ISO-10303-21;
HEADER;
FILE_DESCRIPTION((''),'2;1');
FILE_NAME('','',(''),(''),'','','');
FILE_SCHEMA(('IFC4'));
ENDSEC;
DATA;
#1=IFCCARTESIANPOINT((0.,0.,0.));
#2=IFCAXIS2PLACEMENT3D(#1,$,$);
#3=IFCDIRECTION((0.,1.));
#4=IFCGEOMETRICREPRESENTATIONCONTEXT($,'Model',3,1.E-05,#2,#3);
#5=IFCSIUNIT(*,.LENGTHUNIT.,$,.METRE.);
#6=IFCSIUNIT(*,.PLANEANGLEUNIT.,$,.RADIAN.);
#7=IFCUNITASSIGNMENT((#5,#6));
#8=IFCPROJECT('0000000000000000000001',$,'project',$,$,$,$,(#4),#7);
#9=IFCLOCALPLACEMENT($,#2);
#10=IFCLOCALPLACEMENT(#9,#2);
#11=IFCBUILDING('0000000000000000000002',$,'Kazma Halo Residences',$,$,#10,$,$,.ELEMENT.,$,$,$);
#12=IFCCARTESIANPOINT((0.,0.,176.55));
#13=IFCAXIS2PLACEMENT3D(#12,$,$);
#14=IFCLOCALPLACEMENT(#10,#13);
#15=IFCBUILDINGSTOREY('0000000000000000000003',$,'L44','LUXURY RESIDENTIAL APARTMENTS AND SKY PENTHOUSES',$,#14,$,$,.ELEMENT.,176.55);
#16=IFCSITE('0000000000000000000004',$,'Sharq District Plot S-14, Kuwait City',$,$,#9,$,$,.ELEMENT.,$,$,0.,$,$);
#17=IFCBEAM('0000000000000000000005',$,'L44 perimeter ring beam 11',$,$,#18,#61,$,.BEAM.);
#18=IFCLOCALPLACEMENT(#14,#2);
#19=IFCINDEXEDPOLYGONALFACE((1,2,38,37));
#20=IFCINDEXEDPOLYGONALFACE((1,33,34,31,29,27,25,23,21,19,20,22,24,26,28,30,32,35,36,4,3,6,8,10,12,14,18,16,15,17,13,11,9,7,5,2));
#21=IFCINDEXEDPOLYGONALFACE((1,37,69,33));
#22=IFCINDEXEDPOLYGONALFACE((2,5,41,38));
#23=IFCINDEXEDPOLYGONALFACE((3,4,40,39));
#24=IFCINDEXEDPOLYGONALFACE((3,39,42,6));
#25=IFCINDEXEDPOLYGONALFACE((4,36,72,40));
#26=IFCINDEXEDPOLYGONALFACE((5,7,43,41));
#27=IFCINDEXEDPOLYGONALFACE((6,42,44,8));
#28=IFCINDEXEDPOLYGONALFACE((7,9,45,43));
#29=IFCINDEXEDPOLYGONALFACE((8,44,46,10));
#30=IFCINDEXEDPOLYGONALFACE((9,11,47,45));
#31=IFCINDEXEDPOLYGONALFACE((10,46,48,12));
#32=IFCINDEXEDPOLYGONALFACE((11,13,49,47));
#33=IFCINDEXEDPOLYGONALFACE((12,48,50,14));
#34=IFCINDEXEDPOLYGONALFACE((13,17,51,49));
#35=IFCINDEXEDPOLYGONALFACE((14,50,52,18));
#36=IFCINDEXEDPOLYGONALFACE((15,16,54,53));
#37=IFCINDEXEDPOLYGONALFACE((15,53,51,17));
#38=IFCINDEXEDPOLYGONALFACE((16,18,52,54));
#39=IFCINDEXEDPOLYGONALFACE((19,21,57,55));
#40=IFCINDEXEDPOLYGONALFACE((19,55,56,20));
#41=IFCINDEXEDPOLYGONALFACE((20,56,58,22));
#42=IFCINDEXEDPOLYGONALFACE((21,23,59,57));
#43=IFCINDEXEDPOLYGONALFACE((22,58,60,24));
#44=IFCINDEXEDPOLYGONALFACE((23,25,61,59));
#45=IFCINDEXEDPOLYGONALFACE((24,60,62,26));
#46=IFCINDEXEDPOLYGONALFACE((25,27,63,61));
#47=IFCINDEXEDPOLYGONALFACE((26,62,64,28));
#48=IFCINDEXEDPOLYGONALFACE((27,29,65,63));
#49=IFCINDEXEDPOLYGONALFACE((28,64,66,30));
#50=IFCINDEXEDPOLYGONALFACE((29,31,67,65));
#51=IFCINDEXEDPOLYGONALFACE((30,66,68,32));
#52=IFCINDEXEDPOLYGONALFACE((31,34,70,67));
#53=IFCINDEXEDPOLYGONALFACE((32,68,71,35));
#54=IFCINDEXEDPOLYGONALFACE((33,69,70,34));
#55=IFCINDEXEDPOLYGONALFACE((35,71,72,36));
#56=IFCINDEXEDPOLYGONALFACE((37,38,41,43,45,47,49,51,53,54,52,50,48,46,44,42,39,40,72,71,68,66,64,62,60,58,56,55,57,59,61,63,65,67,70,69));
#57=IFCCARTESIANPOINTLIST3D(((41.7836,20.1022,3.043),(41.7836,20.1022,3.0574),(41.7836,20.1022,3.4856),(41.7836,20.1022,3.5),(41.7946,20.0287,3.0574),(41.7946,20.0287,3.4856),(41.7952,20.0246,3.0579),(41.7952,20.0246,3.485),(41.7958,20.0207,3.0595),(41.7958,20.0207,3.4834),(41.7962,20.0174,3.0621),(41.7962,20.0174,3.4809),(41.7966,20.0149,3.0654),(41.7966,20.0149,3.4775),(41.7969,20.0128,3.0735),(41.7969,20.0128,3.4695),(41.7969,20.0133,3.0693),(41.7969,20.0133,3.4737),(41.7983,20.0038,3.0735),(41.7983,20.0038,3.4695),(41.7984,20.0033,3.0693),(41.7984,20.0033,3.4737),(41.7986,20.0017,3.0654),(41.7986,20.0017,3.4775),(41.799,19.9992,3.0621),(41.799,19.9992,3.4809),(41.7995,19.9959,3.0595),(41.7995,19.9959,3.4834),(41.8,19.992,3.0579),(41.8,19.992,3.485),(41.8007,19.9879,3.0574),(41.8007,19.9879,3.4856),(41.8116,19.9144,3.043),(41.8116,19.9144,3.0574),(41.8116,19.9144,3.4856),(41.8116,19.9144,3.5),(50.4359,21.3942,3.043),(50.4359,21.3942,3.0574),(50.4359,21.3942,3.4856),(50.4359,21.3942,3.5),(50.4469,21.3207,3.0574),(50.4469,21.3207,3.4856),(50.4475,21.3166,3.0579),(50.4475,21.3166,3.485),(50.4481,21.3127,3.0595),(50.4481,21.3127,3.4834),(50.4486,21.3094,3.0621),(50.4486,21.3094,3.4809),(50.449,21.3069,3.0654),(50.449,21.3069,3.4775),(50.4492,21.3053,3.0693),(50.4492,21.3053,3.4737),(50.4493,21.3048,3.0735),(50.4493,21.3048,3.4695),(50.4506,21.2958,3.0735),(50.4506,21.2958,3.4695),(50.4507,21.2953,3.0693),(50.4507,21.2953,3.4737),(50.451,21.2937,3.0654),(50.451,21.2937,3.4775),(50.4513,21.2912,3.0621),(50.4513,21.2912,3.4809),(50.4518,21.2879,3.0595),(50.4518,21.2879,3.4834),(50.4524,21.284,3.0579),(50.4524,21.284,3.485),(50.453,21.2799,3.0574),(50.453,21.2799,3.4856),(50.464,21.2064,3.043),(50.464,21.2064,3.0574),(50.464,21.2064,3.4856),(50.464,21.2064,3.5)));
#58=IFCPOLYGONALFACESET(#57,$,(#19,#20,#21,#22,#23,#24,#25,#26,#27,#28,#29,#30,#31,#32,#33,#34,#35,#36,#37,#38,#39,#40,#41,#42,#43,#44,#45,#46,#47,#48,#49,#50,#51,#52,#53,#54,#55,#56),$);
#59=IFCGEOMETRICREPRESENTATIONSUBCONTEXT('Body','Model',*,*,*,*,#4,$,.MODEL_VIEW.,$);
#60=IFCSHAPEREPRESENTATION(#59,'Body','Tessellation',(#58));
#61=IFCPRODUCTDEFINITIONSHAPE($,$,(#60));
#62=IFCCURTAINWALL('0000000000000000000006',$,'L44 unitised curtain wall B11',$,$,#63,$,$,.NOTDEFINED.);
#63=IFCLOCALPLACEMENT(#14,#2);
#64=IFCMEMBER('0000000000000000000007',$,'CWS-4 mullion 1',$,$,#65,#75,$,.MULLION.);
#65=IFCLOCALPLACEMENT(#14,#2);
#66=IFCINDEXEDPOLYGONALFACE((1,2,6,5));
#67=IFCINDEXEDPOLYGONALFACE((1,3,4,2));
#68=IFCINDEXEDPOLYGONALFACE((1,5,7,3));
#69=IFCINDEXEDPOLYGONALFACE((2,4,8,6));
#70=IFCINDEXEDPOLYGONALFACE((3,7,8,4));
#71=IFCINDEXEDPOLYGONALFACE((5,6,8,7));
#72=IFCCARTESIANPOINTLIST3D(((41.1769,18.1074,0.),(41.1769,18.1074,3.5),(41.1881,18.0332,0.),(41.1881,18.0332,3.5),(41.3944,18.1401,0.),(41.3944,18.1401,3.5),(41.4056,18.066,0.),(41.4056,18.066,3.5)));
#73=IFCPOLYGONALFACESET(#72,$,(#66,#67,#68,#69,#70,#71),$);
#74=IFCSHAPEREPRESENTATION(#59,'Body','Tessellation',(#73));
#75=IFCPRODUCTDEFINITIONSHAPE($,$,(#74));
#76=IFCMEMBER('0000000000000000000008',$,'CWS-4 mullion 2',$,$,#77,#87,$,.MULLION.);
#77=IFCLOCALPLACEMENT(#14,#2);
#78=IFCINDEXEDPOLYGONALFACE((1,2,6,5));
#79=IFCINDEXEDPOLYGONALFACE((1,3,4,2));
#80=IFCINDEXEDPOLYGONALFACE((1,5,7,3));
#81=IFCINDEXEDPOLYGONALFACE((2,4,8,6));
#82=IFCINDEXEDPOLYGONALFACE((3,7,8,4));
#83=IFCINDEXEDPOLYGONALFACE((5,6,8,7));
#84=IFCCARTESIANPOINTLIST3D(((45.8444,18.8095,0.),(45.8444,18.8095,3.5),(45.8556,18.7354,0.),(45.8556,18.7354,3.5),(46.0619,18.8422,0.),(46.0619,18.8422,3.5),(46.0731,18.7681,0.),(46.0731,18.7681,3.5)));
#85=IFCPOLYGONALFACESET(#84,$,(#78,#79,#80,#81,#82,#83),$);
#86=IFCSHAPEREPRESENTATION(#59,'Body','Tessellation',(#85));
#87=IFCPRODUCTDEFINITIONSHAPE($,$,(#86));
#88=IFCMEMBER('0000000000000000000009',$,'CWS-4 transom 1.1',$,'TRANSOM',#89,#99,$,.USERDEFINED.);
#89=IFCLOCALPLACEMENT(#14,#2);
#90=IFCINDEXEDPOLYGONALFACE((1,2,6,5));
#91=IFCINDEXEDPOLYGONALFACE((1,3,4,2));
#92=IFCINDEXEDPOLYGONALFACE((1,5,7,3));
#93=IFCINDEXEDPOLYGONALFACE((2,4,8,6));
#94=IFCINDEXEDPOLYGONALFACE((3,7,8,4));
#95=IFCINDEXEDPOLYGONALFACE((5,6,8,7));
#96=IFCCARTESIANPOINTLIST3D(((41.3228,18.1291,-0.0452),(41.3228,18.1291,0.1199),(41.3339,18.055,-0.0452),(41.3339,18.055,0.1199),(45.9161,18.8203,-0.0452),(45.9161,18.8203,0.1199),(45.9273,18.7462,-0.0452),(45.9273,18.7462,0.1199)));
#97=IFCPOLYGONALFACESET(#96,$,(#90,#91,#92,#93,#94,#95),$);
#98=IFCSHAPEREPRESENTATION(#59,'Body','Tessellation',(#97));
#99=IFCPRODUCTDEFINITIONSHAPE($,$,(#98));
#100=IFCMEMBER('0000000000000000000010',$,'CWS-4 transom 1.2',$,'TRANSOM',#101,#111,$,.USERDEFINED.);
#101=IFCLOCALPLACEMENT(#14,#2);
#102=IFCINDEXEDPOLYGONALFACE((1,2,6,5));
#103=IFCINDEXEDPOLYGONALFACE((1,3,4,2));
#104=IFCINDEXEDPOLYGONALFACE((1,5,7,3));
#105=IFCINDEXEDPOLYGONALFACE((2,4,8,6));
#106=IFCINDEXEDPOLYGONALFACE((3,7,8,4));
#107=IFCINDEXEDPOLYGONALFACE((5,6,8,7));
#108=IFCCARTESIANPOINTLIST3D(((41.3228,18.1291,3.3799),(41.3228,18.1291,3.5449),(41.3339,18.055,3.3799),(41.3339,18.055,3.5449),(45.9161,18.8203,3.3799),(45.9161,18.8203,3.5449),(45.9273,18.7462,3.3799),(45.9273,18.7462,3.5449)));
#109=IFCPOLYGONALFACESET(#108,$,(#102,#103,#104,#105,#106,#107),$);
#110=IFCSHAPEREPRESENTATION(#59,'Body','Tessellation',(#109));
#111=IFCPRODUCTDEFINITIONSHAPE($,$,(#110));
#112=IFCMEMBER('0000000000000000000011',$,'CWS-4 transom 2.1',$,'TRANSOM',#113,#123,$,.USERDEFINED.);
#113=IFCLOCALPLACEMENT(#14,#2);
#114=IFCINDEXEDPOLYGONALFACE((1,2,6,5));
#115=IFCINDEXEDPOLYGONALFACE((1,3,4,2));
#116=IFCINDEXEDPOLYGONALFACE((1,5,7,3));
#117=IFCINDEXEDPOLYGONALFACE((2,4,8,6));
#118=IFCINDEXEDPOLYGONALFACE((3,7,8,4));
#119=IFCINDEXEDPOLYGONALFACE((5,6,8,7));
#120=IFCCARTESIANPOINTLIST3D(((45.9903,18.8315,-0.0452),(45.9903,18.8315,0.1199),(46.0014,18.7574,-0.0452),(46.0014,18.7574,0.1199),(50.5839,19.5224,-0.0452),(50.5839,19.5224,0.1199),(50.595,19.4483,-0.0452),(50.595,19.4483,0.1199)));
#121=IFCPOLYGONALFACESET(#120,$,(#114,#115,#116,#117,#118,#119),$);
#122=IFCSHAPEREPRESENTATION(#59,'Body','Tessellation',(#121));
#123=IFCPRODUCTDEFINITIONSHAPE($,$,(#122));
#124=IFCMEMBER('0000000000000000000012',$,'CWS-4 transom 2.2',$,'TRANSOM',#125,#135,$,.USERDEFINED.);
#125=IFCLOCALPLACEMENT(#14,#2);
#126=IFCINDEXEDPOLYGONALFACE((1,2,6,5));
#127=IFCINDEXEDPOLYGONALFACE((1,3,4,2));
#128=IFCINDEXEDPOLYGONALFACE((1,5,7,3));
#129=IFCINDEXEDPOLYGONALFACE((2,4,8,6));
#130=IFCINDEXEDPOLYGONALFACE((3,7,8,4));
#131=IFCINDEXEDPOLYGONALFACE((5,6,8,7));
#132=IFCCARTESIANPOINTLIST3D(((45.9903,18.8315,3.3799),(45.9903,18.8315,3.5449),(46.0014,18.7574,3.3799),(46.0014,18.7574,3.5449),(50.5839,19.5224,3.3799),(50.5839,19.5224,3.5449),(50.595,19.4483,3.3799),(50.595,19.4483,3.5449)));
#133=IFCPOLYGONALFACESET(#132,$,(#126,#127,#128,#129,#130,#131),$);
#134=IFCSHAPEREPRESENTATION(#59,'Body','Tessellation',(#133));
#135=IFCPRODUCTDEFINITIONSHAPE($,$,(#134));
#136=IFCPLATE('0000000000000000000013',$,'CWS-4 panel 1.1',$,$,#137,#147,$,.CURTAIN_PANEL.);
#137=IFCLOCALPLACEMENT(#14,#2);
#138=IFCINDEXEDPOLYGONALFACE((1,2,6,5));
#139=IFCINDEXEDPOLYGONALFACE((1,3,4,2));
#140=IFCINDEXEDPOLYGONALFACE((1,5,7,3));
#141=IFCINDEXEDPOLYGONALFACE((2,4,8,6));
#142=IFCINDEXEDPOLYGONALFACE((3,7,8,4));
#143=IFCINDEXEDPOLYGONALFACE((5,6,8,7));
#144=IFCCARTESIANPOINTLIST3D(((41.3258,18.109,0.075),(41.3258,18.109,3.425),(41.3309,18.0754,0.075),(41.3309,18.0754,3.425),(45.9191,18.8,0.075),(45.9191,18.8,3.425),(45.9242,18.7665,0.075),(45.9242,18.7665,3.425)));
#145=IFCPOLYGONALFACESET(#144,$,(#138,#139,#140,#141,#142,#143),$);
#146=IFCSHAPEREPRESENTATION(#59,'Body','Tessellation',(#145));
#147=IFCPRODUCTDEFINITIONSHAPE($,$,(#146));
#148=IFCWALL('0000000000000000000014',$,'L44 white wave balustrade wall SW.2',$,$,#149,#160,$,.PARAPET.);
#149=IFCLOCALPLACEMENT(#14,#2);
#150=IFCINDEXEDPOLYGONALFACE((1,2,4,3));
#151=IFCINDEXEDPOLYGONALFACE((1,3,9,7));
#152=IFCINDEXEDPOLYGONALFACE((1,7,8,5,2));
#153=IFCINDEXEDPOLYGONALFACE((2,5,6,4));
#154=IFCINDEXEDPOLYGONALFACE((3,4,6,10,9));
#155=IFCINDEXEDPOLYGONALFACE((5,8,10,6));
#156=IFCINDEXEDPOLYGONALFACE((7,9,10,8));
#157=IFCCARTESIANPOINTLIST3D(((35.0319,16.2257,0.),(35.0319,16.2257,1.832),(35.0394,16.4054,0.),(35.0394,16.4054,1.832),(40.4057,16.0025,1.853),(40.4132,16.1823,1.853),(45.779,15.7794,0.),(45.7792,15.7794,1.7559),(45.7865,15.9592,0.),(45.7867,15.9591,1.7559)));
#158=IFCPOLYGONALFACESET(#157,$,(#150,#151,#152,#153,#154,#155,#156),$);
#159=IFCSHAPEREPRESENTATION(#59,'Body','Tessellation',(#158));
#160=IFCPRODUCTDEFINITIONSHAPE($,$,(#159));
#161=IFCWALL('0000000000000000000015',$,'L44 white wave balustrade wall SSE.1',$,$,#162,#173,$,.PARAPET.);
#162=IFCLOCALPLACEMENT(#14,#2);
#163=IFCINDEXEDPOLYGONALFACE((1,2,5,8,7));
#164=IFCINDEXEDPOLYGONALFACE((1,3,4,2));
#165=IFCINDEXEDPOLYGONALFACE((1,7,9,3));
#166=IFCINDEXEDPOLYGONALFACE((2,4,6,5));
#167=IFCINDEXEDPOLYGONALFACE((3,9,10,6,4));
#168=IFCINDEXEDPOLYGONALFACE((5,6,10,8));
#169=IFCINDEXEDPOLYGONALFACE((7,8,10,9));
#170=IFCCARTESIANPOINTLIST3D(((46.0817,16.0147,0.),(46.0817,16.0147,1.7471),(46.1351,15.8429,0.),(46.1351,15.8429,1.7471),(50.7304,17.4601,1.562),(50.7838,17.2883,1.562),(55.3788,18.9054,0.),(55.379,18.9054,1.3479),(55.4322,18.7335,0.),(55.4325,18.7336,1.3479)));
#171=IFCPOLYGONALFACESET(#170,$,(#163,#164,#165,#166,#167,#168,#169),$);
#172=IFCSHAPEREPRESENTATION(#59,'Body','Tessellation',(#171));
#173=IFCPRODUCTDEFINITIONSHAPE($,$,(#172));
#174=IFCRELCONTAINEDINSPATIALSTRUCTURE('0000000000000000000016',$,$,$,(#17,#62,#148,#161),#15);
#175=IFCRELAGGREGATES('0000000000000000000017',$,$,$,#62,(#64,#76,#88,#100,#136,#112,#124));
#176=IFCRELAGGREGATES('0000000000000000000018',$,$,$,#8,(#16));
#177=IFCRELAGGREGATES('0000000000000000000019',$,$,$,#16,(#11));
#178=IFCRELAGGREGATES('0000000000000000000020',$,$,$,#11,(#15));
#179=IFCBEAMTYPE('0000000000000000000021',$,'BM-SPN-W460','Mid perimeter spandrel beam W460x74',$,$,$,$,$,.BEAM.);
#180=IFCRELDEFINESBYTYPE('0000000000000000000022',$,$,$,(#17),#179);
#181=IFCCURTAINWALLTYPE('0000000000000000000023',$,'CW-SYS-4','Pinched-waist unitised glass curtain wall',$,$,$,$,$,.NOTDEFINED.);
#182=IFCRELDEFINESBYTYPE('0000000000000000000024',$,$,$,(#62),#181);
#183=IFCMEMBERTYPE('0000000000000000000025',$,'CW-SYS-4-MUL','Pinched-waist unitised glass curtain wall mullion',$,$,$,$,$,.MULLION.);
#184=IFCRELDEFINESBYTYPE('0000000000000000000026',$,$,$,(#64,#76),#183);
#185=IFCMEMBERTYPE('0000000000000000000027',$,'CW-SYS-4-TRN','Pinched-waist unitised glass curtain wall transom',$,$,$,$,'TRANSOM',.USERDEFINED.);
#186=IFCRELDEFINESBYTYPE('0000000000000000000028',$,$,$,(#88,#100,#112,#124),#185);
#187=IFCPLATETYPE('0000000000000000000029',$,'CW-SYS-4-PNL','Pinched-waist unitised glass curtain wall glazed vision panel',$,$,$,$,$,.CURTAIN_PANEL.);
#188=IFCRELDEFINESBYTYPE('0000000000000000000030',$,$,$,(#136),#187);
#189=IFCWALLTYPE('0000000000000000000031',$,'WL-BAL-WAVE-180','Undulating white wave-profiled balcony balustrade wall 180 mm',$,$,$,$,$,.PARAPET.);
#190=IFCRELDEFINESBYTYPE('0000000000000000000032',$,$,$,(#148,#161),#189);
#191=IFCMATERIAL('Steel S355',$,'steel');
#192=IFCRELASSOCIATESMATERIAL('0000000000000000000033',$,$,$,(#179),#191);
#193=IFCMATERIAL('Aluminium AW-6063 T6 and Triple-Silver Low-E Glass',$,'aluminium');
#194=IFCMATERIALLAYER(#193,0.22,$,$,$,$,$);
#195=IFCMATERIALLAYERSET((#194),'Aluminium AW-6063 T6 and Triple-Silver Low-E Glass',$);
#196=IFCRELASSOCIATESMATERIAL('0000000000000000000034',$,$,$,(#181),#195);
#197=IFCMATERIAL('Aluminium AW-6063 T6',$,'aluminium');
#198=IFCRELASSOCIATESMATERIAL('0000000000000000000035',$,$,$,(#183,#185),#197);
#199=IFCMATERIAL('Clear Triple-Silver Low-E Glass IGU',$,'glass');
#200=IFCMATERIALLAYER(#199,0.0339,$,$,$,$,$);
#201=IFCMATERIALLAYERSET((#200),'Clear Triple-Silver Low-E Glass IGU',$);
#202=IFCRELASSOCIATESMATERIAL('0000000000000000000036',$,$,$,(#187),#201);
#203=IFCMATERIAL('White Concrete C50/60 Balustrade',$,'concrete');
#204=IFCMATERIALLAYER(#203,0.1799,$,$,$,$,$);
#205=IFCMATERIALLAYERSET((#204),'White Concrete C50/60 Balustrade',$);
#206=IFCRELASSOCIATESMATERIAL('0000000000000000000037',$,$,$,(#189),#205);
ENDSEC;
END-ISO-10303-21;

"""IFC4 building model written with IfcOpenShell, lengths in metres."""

from ifc_helpers import new_model, si_unit, direction, frame, origin, origin_2d, place, context, subcontext, project, spatial, polyline, rectangle, i_section, outline, extrude, material, layer, layer_set, material_profile, profile_set, type_object, element, aggregate, save


model = new_model("IFC4")

# Units and contexts
model_context = context("Model", 3, precision=1e-05, world=origin(), true_north=direction((0.0, 1.0)))
body_context = subcontext(model_context, "Body", "Model", "MODEL_VIEW")
ifc_project = project(units=[si_unit("LENGTHUNIT", "METRE"), si_unit("PLANEANGLEUNIT", "RADIAN")], contexts=[model_context])

# Site, building, storey
site_placement = place(None, origin())
site = spatial("IfcSite", under=ifc_project, at=site_placement, Name="Sharq District Plot S-14, Kuwait City", CompositionType="ELEMENT", RefElevation=0.0)
building_placement = place(site_placement, origin())
building = spatial("IfcBuilding", under=site, at=building_placement, Name="Kazma Halo Residences", CompositionType="ELEMENT")
storey_placement = place(building_placement, frame((0.0, 0.0, 176.55)))
storey = spatial("IfcBuildingStorey", under=building, at=storey_placement, Name="L44", Description="LUXURY RESIDENTIAL APARTMENTS AND SKY PENTHOUSES", CompositionType="ELEMENT", Elevation=176.55)

# Beam
ifc_material_1 = material(Name="Steel S355", Category="steel")
ifc_material_profile_1 = material_profile(ifc_material_1, i_section(OverallWidth=0.1899, OverallDepth=0.457, WebThickness=0.009, FlangeThickness=0.0144, FilletRadius=0.0161, at=origin_2d()), Name="W460x74")
ifc_profile_set_1 = profile_set([ifc_material_profile_1], Name="Steel S355")
beam_type_1 = type_object("IfcBeamType", Name="BM-SPN-W460", Description="Mid perimeter spandrel beam W460x74", PredefinedType="BEAM", material=ifc_profile_set_1)
beam_1_placement = place(storey_placement, frame((41.7976, 20.0083, 3.2715), z_axis=(0.989034, 0.147685, 0.0), x_axis=(-0.147685, 0.989034, 0.0)))
element("IfcBeam", 1, at=beam_1_placement, inside=storey, type_object=beam_type_1, Name="L44 perimeter ring beam 11", PredefinedType="BEAM", context=body_context, shape_type="SweptSolid", body=[
    extrude(i_section(OverallWidth=0.1899, OverallDepth=0.457, WebThickness=0.009, FlangeThickness=0.0144, FilletRadius=0.0161, at=origin_2d()), origin(), (0.0, 0.0, 1.0), 8.7483),
])

# Curtain wall, members, plate
ifc_material_2 = material(Name="Aluminium AW-6063 T6 and Triple-Silver Low-E Glass", Category="aluminium")
ifc_layer_1 = layer(ifc_material_2, 0.22)
ifc_layer_set_1 = layer_set([ifc_layer_1], Name="Aluminium AW-6063 T6 and Triple-Silver Low-E Glass")
curtain_wall_type = type_object("IfcCurtainWallType", Name="CW-SYS-4", Description="Pinched-waist unitised glass curtain wall", PredefinedType="NOTDEFINED", material=ifc_layer_set_1)
curtain_wall_placement = place(storey_placement, origin())
curtain_wall = element("IfcCurtainWall", 2, at=curtain_wall_placement, inside=storey, type_object=curtain_wall_type, Name="L44 unitised curtain wall B11", PredefinedType="NOTDEFINED")
ifc_material_3 = material(Name="Aluminium AW-6063 T6", Category="aluminium")
ifc_material_profile_2 = material_profile(ifc_material_3, rectangle(XDim=0.075, YDim=0.22, at=origin_2d()), Name="CWM-75x220")
ifc_profile_set_2 = profile_set([ifc_material_profile_2], Name="Aluminium AW-6063 T6")
member_type_1 = type_object("IfcMemberType", Name="CW-SYS-4-MUL", Description="Pinched-waist unitised glass curtain wall mullion", PredefinedType="MULLION", material=ifc_profile_set_2)
member_1_placement = place(storey_placement, frame((41.2913, 18.0867, 0.0), z_axis=(0.0, 0.0, 1.0), x_axis=(-0.148773, 0.988871, 0.0)))
member_1 = element("IfcMember", 3, at=member_1_placement, type_object=member_type_1, Name="CWS-4 mullion 1", PredefinedType="MULLION", context=body_context, shape_type="SweptSolid", body=[
    extrude(rectangle(XDim=0.075, YDim=0.22, at=origin_2d()), origin(), (0.0, 0.0, 1.0), 3.5),
])
member_2_placement = place(storey_placement, frame((45.9587, 18.7888, 0.0), z_axis=(0.0, 0.0, 1.0), x_axis=(-0.148773, 0.988871, 0.0)))
member_2 = element("IfcMember", 4, at=member_2_placement, type_object=member_type_1, Name="CWS-4 mullion 2", PredefinedType="MULLION", context=body_context, shape_type="SweptSolid", body=[
    extrude(rectangle(XDim=0.075, YDim=0.22, at=origin_2d()), origin(), (0.0, 0.0, 1.0), 3.5),
])
ifc_material_profile_3 = material_profile(ifc_material_3, rectangle(XDim=0.075, YDim=0.165, at=origin_2d()), Name="CWT-75x165")
ifc_profile_set_3 = profile_set([ifc_material_profile_3], Name="Aluminium AW-6063 T6")
member_type_2 = type_object("IfcMemberType", Name="CW-SYS-4-TRN", Description="Pinched-waist unitised glass curtain wall transom", ElementType="TRANSOM", PredefinedType="USERDEFINED", material=ifc_profile_set_3)
member_3_placement = place(storey_placement, frame((41.3284, 18.092, 0.0374), z_axis=(0.988868, 0.148798, 0.0), x_axis=(-0.148798, 0.988868, 0.0)))
member_3 = element("IfcMember", 5, at=member_3_placement, type_object=member_type_2, Name="CWS-4 transom 1.1", ObjectType="TRANSOM", PredefinedType="USERDEFINED", context=body_context, shape_type="SweptSolid", body=[
    extrude(rectangle(XDim=0.075, YDim=0.165, at=origin_2d()), origin(), (0.0, 0.0, 1.0), 4.645),
])
member_4_placement = place(storey_placement, frame((41.3284, 18.092, 3.4624), z_axis=(0.988868, 0.148798, 0.0), x_axis=(-0.148798, 0.988868, 0.0)))
member_4 = element("IfcMember", 6, at=member_4_placement, type_object=member_type_2, Name="CWS-4 transom 1.2", ObjectType="TRANSOM", PredefinedType="USERDEFINED", context=body_context, shape_type="SweptSolid", body=[
    extrude(rectangle(XDim=0.075, YDim=0.165, at=origin_2d()), origin(), (0.0, 0.0, 1.0), 4.645),
])
member_5_placement = place(storey_placement, frame((45.9958, 18.7944, 0.0374), z_axis=(0.988877, 0.148739, 0.0), x_axis=(-0.148739, 0.988877, 0.0)))
member_5 = element("IfcMember", 7, at=member_5_placement, type_object=member_type_2, Name="CWS-4 transom 2.1", ObjectType="TRANSOM", PredefinedType="USERDEFINED", context=body_context, shape_type="SweptSolid", body=[
    extrude(rectangle(XDim=0.075, YDim=0.165, at=origin_2d()), origin(), (0.0, 0.0, 1.0), 4.6453),
])
member_6_placement = place(storey_placement, frame((45.9958, 18.7944, 3.4624), z_axis=(0.988877, 0.148739, 0.0), x_axis=(-0.148739, 0.988877, 0.0)))
member_6 = element("IfcMember", 8, at=member_6_placement, type_object=member_type_2, Name="CWS-4 transom 2.2", ObjectType="TRANSOM", PredefinedType="USERDEFINED", context=body_context, shape_type="SweptSolid", body=[
    extrude(rectangle(XDim=0.075, YDim=0.165, at=origin_2d()), origin(), (0.0, 0.0, 1.0), 4.6453),
])
ifc_material_4 = material(Name="Clear Triple-Silver Low-E Glass IGU", Category="glass")
ifc_layer_2 = layer(ifc_material_4, 0.0339)
ifc_layer_set_2 = layer_set([ifc_layer_2], Name="Clear Triple-Silver Low-E Glass IGU")
plate_type = type_object("IfcPlateType", Name="CW-SYS-4-PNL", Description="Pinched-waist unitised glass curtain wall glazed vision panel", PredefinedType="CURTAIN_PANEL", material=ifc_layer_set_2)
plate_placement = place(storey_placement, frame((43.625, 18.4377, 0.075), z_axis=(0.0, 0.0, 1.0), x_axis=(0.988871, 0.148773, 0.0)))
plate = element("IfcPlate", 9, at=plate_placement, type_object=plate_type, Name="CWS-4 panel 1.1", PredefinedType="CURTAIN_PANEL", context=body_context, shape_type="SweptSolid", body=[
    extrude(rectangle(XDim=4.645, YDim=0.0339, at=origin_2d()), origin(), (0.0, 0.0, 1.0), 3.3501),
])
aggregate(curtain_wall, [member_1, member_2, member_3, member_4, plate, member_5, member_6])

# Walls
ifc_material_5 = material(Name="White Concrete C50/60 Balustrade", Category="concrete")
ifc_layer_3 = layer(ifc_material_5, 0.1799)
ifc_layer_set_3 = layer_set([ifc_layer_3], Name="White Concrete C50/60 Balustrade")
wall_type_1 = type_object("IfcWallType", Name="WL-BAL-WAVE-180", Description="Undulating white wave-profiled balcony balustrade wall 180 mm", PredefinedType="PARAPET", material=ifc_layer_set_3)
wall_1_placement = place(storey_placement, frame((35.0356, 16.3157, 0.0), z_axis=(0.0, 0.0, 1.0), x_axis=(0.999139, -0.041491, 0.0)))
element("IfcWall", 10, at=wall_1_placement, inside=storey, type_object=wall_type_1, Name="L44 white wave balustrade wall SW.2", PredefinedType="PARAPET", context=body_context, shape_type="SweptSolid", body=[
    extrude(outline(polyline([(0.0, 0.0), (10.7563, 0.0), (10.7566, 1.7559), (5.3784, 1.853), (0.0, 1.832), (0.0, 0.0)])), frame((0.0, 0.0898, 0.0), z_axis=(0.0, -1.0, 0.0), x_axis=(1.0, 0.0, 0.0)), (0.0, 0.0, 1.0), 0.1799),
])
wall_2_placement = place(storey_placement, frame((46.1084, 15.929, 0.0), z_axis=(0.0, 0.0, 1.0), x_axis=(0.95491, 0.296897, 0.0)))
element("IfcWall", 11, at=wall_2_placement, inside=storey, type_object=wall_type_1, Name="L44 white wave balustrade wall SSE.1", PredefinedType="PARAPET", context=body_context, shape_type="SweptSolid", body=[
    extrude(outline(polyline([(0.0, 0.0), (9.7361, 0.0), (9.7363, 1.3479), (4.8682, 1.562), (0.0, 1.7471), (0.0, 0.0)])), frame((0.0, 0.0898, 0.0), z_axis=(0.0, -1.0, 0.0), x_axis=(1.0, 0.0, 0.0)), (0.0, 0.0, 1.0), 0.1799),
])

save(model, "model.ifc")
